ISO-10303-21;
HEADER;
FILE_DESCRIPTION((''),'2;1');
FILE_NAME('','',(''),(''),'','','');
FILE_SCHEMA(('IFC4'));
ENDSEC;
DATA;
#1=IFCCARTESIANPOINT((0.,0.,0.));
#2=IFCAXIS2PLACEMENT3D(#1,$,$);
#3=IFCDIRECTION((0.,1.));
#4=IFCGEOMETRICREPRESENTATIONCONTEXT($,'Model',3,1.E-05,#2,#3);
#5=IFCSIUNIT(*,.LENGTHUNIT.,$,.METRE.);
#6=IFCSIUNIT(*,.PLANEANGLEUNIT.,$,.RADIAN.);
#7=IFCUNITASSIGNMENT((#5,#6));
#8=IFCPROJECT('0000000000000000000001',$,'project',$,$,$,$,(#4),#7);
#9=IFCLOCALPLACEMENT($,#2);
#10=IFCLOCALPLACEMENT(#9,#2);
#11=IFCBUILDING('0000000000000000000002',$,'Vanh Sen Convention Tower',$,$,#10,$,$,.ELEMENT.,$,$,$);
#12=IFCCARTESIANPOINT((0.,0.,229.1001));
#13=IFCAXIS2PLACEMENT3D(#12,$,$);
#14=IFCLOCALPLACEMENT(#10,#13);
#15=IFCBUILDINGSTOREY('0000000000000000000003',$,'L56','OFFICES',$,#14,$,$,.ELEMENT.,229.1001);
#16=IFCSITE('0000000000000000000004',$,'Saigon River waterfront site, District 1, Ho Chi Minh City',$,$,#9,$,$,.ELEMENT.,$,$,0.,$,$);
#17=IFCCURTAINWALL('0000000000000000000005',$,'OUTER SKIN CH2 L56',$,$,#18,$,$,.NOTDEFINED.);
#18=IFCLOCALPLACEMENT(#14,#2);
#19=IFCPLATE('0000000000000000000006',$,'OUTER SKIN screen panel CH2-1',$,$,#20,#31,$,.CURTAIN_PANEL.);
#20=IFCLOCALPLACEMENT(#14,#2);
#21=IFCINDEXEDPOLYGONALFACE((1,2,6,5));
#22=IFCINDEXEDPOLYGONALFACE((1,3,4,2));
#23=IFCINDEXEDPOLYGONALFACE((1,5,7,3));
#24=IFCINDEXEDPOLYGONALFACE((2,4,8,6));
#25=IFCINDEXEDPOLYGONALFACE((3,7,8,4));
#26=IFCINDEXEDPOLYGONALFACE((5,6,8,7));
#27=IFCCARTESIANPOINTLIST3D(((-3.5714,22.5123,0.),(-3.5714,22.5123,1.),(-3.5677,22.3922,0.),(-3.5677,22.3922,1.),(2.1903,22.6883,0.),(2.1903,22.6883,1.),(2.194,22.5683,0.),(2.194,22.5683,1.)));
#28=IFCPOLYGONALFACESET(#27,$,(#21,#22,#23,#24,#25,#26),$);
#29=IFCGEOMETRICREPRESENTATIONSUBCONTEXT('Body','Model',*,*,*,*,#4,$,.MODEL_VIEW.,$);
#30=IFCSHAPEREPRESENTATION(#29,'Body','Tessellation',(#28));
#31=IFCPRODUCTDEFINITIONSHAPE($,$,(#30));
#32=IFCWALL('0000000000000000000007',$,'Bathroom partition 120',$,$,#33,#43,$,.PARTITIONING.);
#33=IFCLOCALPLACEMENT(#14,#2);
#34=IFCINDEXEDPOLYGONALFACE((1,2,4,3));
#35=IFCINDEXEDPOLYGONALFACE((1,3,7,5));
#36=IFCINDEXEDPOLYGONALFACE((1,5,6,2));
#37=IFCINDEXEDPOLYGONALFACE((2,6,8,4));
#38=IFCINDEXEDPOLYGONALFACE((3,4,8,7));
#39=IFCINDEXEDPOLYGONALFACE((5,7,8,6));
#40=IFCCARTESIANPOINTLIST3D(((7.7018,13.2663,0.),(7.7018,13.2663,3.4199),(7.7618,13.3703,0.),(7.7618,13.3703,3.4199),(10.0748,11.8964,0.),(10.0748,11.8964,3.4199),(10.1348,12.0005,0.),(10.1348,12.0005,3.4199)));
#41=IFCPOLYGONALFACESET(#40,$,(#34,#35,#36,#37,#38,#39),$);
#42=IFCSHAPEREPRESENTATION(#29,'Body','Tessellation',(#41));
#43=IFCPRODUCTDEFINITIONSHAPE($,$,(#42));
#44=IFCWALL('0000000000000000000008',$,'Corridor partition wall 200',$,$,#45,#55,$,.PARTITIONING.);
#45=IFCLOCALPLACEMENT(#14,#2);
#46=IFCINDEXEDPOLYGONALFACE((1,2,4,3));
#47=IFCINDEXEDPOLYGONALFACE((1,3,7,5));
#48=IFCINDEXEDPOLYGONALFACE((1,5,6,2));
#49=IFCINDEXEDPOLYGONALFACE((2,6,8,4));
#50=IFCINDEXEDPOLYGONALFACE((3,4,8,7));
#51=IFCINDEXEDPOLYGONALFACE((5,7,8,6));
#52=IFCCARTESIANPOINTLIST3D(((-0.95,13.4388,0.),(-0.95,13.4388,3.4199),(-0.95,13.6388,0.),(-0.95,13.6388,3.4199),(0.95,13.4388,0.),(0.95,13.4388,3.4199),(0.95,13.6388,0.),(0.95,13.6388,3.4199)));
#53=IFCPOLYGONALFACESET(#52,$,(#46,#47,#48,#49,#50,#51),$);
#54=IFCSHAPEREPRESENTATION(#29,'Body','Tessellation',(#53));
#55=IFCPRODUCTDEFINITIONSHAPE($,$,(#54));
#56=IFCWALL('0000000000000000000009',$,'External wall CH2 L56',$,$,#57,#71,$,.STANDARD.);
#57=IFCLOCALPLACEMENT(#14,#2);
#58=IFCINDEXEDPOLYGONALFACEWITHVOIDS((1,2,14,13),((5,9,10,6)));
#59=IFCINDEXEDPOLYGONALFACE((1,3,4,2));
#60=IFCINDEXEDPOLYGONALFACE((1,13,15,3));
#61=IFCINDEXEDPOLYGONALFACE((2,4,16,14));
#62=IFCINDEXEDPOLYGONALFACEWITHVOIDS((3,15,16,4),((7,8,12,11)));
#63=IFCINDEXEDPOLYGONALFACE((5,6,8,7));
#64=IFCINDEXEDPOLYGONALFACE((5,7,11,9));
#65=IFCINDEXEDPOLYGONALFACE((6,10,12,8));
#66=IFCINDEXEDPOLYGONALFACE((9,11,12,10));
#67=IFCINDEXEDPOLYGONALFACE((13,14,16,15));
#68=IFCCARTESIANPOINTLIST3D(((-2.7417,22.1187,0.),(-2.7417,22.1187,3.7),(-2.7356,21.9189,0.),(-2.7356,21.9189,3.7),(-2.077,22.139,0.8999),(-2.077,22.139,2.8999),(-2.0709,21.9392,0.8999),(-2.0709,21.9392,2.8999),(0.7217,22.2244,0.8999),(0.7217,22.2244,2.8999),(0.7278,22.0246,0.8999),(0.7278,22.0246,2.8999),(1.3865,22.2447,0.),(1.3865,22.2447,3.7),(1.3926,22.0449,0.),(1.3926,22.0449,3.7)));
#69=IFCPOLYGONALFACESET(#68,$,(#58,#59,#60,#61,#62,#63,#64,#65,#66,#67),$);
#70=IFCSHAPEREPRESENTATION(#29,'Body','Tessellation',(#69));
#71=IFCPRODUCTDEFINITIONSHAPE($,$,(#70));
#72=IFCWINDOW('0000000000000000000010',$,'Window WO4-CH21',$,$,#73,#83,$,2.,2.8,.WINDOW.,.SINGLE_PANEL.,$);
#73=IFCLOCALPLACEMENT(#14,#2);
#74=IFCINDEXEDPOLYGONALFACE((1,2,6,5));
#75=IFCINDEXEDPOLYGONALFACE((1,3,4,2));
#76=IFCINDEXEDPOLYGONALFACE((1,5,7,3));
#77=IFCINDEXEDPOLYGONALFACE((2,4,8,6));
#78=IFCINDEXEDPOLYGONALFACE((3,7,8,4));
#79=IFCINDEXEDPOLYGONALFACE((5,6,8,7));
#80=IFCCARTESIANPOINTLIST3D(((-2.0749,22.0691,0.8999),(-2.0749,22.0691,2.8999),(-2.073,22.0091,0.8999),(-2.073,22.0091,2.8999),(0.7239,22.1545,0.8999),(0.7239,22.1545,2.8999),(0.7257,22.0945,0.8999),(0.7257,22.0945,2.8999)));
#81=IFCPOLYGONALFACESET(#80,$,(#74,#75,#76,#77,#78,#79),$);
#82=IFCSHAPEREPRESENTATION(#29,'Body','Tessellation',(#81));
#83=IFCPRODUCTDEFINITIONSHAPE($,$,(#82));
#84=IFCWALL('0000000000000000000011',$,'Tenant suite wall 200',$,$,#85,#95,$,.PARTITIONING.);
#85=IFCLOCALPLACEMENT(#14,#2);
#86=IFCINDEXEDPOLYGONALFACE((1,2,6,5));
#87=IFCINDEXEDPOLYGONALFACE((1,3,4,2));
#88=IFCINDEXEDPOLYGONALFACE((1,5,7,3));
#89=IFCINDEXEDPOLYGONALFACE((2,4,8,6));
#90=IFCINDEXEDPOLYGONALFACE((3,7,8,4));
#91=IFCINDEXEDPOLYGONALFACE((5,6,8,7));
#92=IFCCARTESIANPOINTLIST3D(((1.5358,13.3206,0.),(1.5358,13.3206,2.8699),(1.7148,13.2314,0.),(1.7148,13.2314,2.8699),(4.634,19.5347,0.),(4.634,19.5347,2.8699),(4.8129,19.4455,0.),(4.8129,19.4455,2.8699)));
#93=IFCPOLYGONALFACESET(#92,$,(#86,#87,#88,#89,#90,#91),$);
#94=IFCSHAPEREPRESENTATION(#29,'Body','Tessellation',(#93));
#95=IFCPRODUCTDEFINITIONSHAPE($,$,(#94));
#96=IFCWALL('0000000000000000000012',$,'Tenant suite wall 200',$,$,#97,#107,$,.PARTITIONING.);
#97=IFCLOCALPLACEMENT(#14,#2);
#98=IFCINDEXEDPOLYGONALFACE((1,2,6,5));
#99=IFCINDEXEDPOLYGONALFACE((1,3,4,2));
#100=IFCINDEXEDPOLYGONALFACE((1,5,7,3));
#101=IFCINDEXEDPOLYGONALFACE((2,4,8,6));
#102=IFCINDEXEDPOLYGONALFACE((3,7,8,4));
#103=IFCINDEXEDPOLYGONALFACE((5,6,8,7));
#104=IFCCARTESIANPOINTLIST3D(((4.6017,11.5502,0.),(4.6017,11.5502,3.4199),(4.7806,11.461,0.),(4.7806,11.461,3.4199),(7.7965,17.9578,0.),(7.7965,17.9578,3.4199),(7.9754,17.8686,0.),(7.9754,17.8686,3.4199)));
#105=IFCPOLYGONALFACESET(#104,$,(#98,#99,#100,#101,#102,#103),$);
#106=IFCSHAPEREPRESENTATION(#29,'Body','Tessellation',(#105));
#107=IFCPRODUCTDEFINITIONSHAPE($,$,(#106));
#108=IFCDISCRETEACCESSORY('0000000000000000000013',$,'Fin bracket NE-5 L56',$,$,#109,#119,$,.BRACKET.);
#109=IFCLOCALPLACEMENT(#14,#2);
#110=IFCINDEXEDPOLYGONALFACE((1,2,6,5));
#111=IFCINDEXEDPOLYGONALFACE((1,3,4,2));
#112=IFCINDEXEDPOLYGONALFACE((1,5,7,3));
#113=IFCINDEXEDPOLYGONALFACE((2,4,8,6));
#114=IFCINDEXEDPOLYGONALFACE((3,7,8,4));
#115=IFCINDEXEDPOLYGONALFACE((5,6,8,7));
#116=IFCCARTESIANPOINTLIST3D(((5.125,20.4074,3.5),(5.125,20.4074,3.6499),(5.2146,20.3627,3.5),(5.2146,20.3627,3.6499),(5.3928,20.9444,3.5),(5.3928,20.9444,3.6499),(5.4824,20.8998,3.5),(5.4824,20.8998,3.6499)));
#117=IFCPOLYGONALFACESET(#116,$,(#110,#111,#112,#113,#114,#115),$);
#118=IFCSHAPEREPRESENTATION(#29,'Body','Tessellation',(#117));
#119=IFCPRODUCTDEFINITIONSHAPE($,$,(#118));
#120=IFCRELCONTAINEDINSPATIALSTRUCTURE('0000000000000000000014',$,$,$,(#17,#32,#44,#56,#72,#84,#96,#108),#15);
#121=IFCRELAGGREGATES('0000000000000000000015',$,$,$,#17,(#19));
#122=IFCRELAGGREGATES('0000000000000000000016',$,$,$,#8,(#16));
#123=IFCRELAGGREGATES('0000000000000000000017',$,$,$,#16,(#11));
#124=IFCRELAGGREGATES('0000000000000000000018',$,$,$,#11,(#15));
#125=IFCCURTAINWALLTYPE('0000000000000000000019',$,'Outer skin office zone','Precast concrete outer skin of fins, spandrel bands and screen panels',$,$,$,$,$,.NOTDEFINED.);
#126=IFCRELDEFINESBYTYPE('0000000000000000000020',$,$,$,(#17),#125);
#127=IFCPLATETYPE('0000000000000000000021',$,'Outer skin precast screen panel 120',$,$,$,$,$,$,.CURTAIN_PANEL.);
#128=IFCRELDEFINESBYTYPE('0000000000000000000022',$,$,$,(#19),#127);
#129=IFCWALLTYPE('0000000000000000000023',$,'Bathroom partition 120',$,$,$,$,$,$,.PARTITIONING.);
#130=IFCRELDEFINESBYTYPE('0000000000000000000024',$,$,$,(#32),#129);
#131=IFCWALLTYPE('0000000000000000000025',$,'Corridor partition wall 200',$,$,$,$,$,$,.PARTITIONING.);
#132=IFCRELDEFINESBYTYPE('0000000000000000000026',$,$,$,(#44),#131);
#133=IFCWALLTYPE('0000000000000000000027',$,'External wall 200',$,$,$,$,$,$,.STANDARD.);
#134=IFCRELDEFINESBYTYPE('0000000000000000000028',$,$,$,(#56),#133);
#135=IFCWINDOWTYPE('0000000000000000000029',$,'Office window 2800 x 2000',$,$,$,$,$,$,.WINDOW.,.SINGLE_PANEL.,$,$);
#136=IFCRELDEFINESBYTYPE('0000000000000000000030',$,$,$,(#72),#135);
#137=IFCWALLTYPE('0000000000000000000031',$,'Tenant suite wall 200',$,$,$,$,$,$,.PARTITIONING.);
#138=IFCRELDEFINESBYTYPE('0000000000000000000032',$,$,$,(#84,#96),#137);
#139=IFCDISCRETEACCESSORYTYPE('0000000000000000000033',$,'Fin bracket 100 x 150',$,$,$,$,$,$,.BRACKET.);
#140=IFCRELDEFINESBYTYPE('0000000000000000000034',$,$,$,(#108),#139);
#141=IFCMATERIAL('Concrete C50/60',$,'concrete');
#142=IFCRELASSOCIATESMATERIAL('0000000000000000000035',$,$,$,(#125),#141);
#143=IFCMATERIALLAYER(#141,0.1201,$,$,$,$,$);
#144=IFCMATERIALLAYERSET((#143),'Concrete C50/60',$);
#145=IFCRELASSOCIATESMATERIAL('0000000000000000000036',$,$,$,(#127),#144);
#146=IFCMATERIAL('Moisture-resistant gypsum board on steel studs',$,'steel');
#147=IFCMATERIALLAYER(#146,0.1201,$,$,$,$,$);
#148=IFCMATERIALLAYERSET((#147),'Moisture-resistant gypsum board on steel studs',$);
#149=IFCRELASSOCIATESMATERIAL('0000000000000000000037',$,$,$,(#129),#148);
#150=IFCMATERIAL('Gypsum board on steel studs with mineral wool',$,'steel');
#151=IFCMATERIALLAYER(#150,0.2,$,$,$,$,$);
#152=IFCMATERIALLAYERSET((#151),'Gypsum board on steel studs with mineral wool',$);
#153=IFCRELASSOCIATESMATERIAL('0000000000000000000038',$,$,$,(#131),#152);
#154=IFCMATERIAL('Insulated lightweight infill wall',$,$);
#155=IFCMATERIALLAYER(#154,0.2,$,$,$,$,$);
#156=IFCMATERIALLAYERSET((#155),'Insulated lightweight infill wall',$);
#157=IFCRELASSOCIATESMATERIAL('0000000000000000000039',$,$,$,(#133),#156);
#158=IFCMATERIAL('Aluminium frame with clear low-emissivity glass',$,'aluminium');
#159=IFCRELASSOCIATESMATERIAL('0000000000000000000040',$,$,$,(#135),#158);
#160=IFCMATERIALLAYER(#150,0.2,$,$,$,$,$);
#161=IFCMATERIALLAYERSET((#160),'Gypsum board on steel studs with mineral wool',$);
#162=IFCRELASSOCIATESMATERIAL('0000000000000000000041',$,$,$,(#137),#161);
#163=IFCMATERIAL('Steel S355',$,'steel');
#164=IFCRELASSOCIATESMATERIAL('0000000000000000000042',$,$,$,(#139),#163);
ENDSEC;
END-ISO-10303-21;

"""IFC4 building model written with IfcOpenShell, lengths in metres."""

from ifc_helpers import new_model, si_unit, direction, frame, frame_2d, origin, origin_2d, place, context, subcontext, project, spatial, rectangle, extrude, material, layer, layer_set, type_object, element, fill, aggregate, save


model = new_model("IFC4")

# Units and contexts
model_context = context("Model", 3, precision=1e-05, world=origin(), true_north=direction((0.0, 1.0)))
body_context = subcontext(model_context, "Body", "Model", "MODEL_VIEW")
ifc_project = project(units=[si_unit("LENGTHUNIT", "METRE"), si_unit("PLANEANGLEUNIT", "RADIAN")], contexts=[model_context])

# Site, building, storey
site_placement = place(None, origin())
site = spatial("IfcSite", under=ifc_project, at=site_placement, Name="Saigon River waterfront site, District 1, Ho Chi Minh City", CompositionType="ELEMENT", RefElevation=0.0)
building_placement = place(site_placement, origin())
building = spatial("IfcBuilding", under=site, at=building_placement, Name="Vanh Sen Convention Tower", CompositionType="ELEMENT")
storey_placement = place(building_placement, frame((0.0, 0.0, 229.1001)))
storey = spatial("IfcBuildingStorey", under=building, at=storey_placement, Name="L56", Description="OFFICES", CompositionType="ELEMENT", Elevation=229.1001)

# Shared definitions
ifc_material_1 = material(Name="Concrete C50/60", Category="concrete")
curtain_wall_type = type_object("IfcCurtainWallType", Name="Outer skin office zone", Description="Precast concrete outer skin of fins, spandrel bands and screen panels", PredefinedType="NOTDEFINED", material=ifc_material_1)

# Curtain wall
curtain_wall_1_placement = place(storey_placement, origin())
curtain_wall_1 = element("IfcCurtainWall", 1, at=curtain_wall_1_placement, inside=storey, type_object=curtain_wall_type, Name="OUTER SKIN CH2 L56", PredefinedType="NOTDEFINED")

# Plate
ifc_layer_1 = layer(ifc_material_1, 0.1201)
ifc_layer_set_1 = layer_set([ifc_layer_1], Name="Concrete C50/60")
plate_type = type_object("IfcPlateType", Name="Outer skin precast screen panel 120", PredefinedType="CURTAIN_PANEL", material=ifc_layer_set_1)
plate_1_placement = place(storey_placement, frame((-0.6887, 22.5403, 0.0), z_axis=(0.0, 0.0, 1.0), x_axis=(-0.999533, -0.030544, 0.0)))
plate_1 = element("IfcPlate", 2, at=plate_1_placement, type_object=plate_type, Name="OUTER SKIN screen panel CH2-1", PredefinedType="CURTAIN_PANEL", context=body_context, shape_type="SweptSolid", body=[
    extrude(rectangle(XDim=5.7644, YDim=0.1201, at=origin_2d()), origin(), (0.0, 0.0, 1.0), 1.0),
])
aggregate(curtain_wall_1, [plate_1])

# Walls
ifc_material_2 = material(Name="Moisture-resistant gypsum board on steel studs", Category="steel")
ifc_layer_2 = layer(ifc_material_2, 0.1201)
ifc_layer_set_2 = layer_set([ifc_layer_2], Name="Moisture-resistant gypsum board on steel studs")
wall_type_1 = type_object("IfcWallType", Name="Bathroom partition 120", PredefinedType="PARTITIONING", material=ifc_layer_set_2)
wall_1_placement = place(storey_placement, frame((7.7317, 13.3184, 0.0), z_axis=(0.0, 0.0, 1.0), x_axis=(0.866058, -0.499944, 0.0)))
element("IfcWall", 3, at=wall_1_placement, inside=storey, type_object=wall_type_1, Name="Bathroom partition 120", PredefinedType="PARTITIONING", context=body_context, shape_type="SweptSolid", body=[
    extrude(rectangle(XDim=2.74, YDim=0.1201, at=frame_2d((1.3701, 0.0))), origin(), (0.0, 0.0, 1.0), 3.4199),
])
ifc_material_3 = material(Name="Gypsum board on steel studs with mineral wool", Category="steel")
ifc_layer_3 = layer(ifc_material_3, 0.2)
ifc_layer_set_3 = layer_set([ifc_layer_3], Name="Gypsum board on steel studs with mineral wool")
wall_type_2 = type_object("IfcWallType", Name="Corridor partition wall 200", PredefinedType="PARTITIONING", material=ifc_layer_set_3)
wall_2_placement = place(storey_placement, frame((0.95, 13.5388, 0.0), z_axis=(0.0, 0.0, 1.0), x_axis=(-1.0, 0.0, 0.0)))
element("IfcWall", 4, at=wall_2_placement, inside=storey, type_object=wall_type_2, Name="Corridor partition wall 200", PredefinedType="PARTITIONING", context=body_context, shape_type="SweptSolid", body=[
    extrude(rectangle(XDim=1.8999, YDim=0.2, at=frame_2d((0.95, 0.0))), origin(), (0.0, 0.0, 1.0), 3.4199),
])

# Wall, opening, window
ifc_material_4 = material(Name="Insulated lightweight infill wall")
ifc_layer_4 = layer(ifc_material_4, 0.2)
ifc_layer_set_4 = layer_set([ifc_layer_4], Name="Insulated lightweight infill wall")
wall_type_3 = type_object("IfcWallType", Name="External wall 200", PredefinedType="STANDARD", material=ifc_layer_set_4)
wall_3_placement = place(storey_placement, frame((1.3894, 22.1448, 0.0), z_axis=(0.0, 0.0, 1.0), x_axis=(-0.999535, -0.030502, 0.0)))
wall_3 = element("IfcWall", 5, at=wall_3_placement, inside=storey, type_object=wall_type_3, Name="External wall CH2 L56", PredefinedType="STANDARD", context=body_context, shape_type="SweptSolid", body=[
    extrude(rectangle(XDim=4.1301, YDim=0.2, at=frame_2d((2.0649, 0.0))), origin(), (0.0, 0.0, 1.0), 3.7),
])
opening_placement = place(wall_3_placement, frame((0.665, 0.0, 0.8999)))
opening = element("IfcOpeningElement", 6, at=opening_placement, cuts=wall_3, PredefinedType="OPENING", context=body_context, shape_type="SweptSolid", body=[
    extrude(rectangle(XDim=2.8, YDim=2.0, at=frame_2d((1.3999, 1.0))), frame((0.0, 0.1099, 0.0), z_axis=(0.0, -1.0, 0.0), x_axis=(1.0, 0.0, 0.0)), (0.0, 0.0, 1.0), 0.22),
])
ifc_material_5 = material(Name="Aluminium frame with clear low-emissivity glass", Category="aluminium")
window_type = type_object("IfcWindowType", Name="Office window 2800 x 2000", PartitioningType="SINGLE_PANEL", PredefinedType="WINDOW", material=ifc_material_5)
window_placement = place(opening_placement, origin())
window = element("IfcWindow", 7, at=window_placement, inside=storey, type_object=window_type, Name="Window WO4-CH21", OverallHeight=2.0, OverallWidth=2.8, PartitioningType="SINGLE_PANEL", PredefinedType="WINDOW", context=body_context, shape_type="SweptSolid", body=[
    extrude(rectangle(XDim=2.8, YDim=2.0, at=frame_2d((1.3999, 1.0))), frame((0.0, 0.03, 0.0), z_axis=(0.0, -1.0, 0.0), x_axis=(1.0, 0.0, 0.0)), (0.0, 0.0, 1.0), 0.0601),
])
fill(opening, window)

# Walls
ifc_layer_5 = layer(ifc_material_3, 0.2)
ifc_layer_set_5 = layer_set([ifc_layer_5], Name="Gypsum board on steel studs with mineral wool")
wall_type_4 = type_object("IfcWallType", Name="Tenant suite wall 200", PredefinedType="PARTITIONING", material=ifc_layer_set_5)
wall_4_placement = place(storey_placement, frame((4.7234, 19.49, 0.0), z_axis=(0.0, 0.0, 1.0), x_axis=(-0.446187, -0.89494, 0.0)))
element("IfcWall", 8, at=wall_4_placement, inside=storey, type_object=wall_type_4, Name="Tenant suite wall 200", PredefinedType="PARTITIONING", context=body_context, shape_type="SweptSolid", body=[
    extrude(rectangle(XDim=6.9436, YDim=0.2, at=frame_2d((3.4717, 0.0))), origin(), (0.0, 0.0, 1.0), 2.8699),
])
wall_5_placement = place(storey_placement, frame((7.886, 17.9133, 0.0), z_axis=(0.0, 0.0, 1.0), x_axis=(-0.446204, -0.894931, 0.0)))
element("IfcWall", 9, at=wall_5_placement, inside=storey, type_object=wall_type_4, Name="Tenant suite wall 200", PredefinedType="PARTITIONING", context=body_context, shape_type="SweptSolid", body=[
    extrude(rectangle(XDim=7.1599, YDim=0.2, at=frame_2d((3.5801, 0.0))), origin(), (0.0, 0.0, 1.0), 3.4199),
])

# Discrete accessory
ifc_material_6 = material(Name="Steel S355", Category="steel")
discrete_accessory_type = type_object("IfcDiscreteAccessoryType", Name="Fin bracket 100 x 150", PredefinedType="BRACKET", material=ifc_material_6)
discrete_accessory_placement = place(storey_placement, frame((5.3037, 20.6536, 3.5), z_axis=(0.0, 0.0, 1.0), x_axis=(0.446198, 0.894934, 0.0)))
element("IfcDiscreteAccessory", 10, at=discrete_accessory_placement, inside=storey, type_object=discrete_accessory_type, Name="Fin bracket NE-5 L56", PredefinedType="BRACKET", context=body_context, shape_type="SweptSolid", body=[
    extrude(rectangle(XDim=0.6001, YDim=0.1001, at=origin_2d()), origin(), (0.0, 0.0, 1.0), 0.1499),
])

save(model, "model.ifc")
